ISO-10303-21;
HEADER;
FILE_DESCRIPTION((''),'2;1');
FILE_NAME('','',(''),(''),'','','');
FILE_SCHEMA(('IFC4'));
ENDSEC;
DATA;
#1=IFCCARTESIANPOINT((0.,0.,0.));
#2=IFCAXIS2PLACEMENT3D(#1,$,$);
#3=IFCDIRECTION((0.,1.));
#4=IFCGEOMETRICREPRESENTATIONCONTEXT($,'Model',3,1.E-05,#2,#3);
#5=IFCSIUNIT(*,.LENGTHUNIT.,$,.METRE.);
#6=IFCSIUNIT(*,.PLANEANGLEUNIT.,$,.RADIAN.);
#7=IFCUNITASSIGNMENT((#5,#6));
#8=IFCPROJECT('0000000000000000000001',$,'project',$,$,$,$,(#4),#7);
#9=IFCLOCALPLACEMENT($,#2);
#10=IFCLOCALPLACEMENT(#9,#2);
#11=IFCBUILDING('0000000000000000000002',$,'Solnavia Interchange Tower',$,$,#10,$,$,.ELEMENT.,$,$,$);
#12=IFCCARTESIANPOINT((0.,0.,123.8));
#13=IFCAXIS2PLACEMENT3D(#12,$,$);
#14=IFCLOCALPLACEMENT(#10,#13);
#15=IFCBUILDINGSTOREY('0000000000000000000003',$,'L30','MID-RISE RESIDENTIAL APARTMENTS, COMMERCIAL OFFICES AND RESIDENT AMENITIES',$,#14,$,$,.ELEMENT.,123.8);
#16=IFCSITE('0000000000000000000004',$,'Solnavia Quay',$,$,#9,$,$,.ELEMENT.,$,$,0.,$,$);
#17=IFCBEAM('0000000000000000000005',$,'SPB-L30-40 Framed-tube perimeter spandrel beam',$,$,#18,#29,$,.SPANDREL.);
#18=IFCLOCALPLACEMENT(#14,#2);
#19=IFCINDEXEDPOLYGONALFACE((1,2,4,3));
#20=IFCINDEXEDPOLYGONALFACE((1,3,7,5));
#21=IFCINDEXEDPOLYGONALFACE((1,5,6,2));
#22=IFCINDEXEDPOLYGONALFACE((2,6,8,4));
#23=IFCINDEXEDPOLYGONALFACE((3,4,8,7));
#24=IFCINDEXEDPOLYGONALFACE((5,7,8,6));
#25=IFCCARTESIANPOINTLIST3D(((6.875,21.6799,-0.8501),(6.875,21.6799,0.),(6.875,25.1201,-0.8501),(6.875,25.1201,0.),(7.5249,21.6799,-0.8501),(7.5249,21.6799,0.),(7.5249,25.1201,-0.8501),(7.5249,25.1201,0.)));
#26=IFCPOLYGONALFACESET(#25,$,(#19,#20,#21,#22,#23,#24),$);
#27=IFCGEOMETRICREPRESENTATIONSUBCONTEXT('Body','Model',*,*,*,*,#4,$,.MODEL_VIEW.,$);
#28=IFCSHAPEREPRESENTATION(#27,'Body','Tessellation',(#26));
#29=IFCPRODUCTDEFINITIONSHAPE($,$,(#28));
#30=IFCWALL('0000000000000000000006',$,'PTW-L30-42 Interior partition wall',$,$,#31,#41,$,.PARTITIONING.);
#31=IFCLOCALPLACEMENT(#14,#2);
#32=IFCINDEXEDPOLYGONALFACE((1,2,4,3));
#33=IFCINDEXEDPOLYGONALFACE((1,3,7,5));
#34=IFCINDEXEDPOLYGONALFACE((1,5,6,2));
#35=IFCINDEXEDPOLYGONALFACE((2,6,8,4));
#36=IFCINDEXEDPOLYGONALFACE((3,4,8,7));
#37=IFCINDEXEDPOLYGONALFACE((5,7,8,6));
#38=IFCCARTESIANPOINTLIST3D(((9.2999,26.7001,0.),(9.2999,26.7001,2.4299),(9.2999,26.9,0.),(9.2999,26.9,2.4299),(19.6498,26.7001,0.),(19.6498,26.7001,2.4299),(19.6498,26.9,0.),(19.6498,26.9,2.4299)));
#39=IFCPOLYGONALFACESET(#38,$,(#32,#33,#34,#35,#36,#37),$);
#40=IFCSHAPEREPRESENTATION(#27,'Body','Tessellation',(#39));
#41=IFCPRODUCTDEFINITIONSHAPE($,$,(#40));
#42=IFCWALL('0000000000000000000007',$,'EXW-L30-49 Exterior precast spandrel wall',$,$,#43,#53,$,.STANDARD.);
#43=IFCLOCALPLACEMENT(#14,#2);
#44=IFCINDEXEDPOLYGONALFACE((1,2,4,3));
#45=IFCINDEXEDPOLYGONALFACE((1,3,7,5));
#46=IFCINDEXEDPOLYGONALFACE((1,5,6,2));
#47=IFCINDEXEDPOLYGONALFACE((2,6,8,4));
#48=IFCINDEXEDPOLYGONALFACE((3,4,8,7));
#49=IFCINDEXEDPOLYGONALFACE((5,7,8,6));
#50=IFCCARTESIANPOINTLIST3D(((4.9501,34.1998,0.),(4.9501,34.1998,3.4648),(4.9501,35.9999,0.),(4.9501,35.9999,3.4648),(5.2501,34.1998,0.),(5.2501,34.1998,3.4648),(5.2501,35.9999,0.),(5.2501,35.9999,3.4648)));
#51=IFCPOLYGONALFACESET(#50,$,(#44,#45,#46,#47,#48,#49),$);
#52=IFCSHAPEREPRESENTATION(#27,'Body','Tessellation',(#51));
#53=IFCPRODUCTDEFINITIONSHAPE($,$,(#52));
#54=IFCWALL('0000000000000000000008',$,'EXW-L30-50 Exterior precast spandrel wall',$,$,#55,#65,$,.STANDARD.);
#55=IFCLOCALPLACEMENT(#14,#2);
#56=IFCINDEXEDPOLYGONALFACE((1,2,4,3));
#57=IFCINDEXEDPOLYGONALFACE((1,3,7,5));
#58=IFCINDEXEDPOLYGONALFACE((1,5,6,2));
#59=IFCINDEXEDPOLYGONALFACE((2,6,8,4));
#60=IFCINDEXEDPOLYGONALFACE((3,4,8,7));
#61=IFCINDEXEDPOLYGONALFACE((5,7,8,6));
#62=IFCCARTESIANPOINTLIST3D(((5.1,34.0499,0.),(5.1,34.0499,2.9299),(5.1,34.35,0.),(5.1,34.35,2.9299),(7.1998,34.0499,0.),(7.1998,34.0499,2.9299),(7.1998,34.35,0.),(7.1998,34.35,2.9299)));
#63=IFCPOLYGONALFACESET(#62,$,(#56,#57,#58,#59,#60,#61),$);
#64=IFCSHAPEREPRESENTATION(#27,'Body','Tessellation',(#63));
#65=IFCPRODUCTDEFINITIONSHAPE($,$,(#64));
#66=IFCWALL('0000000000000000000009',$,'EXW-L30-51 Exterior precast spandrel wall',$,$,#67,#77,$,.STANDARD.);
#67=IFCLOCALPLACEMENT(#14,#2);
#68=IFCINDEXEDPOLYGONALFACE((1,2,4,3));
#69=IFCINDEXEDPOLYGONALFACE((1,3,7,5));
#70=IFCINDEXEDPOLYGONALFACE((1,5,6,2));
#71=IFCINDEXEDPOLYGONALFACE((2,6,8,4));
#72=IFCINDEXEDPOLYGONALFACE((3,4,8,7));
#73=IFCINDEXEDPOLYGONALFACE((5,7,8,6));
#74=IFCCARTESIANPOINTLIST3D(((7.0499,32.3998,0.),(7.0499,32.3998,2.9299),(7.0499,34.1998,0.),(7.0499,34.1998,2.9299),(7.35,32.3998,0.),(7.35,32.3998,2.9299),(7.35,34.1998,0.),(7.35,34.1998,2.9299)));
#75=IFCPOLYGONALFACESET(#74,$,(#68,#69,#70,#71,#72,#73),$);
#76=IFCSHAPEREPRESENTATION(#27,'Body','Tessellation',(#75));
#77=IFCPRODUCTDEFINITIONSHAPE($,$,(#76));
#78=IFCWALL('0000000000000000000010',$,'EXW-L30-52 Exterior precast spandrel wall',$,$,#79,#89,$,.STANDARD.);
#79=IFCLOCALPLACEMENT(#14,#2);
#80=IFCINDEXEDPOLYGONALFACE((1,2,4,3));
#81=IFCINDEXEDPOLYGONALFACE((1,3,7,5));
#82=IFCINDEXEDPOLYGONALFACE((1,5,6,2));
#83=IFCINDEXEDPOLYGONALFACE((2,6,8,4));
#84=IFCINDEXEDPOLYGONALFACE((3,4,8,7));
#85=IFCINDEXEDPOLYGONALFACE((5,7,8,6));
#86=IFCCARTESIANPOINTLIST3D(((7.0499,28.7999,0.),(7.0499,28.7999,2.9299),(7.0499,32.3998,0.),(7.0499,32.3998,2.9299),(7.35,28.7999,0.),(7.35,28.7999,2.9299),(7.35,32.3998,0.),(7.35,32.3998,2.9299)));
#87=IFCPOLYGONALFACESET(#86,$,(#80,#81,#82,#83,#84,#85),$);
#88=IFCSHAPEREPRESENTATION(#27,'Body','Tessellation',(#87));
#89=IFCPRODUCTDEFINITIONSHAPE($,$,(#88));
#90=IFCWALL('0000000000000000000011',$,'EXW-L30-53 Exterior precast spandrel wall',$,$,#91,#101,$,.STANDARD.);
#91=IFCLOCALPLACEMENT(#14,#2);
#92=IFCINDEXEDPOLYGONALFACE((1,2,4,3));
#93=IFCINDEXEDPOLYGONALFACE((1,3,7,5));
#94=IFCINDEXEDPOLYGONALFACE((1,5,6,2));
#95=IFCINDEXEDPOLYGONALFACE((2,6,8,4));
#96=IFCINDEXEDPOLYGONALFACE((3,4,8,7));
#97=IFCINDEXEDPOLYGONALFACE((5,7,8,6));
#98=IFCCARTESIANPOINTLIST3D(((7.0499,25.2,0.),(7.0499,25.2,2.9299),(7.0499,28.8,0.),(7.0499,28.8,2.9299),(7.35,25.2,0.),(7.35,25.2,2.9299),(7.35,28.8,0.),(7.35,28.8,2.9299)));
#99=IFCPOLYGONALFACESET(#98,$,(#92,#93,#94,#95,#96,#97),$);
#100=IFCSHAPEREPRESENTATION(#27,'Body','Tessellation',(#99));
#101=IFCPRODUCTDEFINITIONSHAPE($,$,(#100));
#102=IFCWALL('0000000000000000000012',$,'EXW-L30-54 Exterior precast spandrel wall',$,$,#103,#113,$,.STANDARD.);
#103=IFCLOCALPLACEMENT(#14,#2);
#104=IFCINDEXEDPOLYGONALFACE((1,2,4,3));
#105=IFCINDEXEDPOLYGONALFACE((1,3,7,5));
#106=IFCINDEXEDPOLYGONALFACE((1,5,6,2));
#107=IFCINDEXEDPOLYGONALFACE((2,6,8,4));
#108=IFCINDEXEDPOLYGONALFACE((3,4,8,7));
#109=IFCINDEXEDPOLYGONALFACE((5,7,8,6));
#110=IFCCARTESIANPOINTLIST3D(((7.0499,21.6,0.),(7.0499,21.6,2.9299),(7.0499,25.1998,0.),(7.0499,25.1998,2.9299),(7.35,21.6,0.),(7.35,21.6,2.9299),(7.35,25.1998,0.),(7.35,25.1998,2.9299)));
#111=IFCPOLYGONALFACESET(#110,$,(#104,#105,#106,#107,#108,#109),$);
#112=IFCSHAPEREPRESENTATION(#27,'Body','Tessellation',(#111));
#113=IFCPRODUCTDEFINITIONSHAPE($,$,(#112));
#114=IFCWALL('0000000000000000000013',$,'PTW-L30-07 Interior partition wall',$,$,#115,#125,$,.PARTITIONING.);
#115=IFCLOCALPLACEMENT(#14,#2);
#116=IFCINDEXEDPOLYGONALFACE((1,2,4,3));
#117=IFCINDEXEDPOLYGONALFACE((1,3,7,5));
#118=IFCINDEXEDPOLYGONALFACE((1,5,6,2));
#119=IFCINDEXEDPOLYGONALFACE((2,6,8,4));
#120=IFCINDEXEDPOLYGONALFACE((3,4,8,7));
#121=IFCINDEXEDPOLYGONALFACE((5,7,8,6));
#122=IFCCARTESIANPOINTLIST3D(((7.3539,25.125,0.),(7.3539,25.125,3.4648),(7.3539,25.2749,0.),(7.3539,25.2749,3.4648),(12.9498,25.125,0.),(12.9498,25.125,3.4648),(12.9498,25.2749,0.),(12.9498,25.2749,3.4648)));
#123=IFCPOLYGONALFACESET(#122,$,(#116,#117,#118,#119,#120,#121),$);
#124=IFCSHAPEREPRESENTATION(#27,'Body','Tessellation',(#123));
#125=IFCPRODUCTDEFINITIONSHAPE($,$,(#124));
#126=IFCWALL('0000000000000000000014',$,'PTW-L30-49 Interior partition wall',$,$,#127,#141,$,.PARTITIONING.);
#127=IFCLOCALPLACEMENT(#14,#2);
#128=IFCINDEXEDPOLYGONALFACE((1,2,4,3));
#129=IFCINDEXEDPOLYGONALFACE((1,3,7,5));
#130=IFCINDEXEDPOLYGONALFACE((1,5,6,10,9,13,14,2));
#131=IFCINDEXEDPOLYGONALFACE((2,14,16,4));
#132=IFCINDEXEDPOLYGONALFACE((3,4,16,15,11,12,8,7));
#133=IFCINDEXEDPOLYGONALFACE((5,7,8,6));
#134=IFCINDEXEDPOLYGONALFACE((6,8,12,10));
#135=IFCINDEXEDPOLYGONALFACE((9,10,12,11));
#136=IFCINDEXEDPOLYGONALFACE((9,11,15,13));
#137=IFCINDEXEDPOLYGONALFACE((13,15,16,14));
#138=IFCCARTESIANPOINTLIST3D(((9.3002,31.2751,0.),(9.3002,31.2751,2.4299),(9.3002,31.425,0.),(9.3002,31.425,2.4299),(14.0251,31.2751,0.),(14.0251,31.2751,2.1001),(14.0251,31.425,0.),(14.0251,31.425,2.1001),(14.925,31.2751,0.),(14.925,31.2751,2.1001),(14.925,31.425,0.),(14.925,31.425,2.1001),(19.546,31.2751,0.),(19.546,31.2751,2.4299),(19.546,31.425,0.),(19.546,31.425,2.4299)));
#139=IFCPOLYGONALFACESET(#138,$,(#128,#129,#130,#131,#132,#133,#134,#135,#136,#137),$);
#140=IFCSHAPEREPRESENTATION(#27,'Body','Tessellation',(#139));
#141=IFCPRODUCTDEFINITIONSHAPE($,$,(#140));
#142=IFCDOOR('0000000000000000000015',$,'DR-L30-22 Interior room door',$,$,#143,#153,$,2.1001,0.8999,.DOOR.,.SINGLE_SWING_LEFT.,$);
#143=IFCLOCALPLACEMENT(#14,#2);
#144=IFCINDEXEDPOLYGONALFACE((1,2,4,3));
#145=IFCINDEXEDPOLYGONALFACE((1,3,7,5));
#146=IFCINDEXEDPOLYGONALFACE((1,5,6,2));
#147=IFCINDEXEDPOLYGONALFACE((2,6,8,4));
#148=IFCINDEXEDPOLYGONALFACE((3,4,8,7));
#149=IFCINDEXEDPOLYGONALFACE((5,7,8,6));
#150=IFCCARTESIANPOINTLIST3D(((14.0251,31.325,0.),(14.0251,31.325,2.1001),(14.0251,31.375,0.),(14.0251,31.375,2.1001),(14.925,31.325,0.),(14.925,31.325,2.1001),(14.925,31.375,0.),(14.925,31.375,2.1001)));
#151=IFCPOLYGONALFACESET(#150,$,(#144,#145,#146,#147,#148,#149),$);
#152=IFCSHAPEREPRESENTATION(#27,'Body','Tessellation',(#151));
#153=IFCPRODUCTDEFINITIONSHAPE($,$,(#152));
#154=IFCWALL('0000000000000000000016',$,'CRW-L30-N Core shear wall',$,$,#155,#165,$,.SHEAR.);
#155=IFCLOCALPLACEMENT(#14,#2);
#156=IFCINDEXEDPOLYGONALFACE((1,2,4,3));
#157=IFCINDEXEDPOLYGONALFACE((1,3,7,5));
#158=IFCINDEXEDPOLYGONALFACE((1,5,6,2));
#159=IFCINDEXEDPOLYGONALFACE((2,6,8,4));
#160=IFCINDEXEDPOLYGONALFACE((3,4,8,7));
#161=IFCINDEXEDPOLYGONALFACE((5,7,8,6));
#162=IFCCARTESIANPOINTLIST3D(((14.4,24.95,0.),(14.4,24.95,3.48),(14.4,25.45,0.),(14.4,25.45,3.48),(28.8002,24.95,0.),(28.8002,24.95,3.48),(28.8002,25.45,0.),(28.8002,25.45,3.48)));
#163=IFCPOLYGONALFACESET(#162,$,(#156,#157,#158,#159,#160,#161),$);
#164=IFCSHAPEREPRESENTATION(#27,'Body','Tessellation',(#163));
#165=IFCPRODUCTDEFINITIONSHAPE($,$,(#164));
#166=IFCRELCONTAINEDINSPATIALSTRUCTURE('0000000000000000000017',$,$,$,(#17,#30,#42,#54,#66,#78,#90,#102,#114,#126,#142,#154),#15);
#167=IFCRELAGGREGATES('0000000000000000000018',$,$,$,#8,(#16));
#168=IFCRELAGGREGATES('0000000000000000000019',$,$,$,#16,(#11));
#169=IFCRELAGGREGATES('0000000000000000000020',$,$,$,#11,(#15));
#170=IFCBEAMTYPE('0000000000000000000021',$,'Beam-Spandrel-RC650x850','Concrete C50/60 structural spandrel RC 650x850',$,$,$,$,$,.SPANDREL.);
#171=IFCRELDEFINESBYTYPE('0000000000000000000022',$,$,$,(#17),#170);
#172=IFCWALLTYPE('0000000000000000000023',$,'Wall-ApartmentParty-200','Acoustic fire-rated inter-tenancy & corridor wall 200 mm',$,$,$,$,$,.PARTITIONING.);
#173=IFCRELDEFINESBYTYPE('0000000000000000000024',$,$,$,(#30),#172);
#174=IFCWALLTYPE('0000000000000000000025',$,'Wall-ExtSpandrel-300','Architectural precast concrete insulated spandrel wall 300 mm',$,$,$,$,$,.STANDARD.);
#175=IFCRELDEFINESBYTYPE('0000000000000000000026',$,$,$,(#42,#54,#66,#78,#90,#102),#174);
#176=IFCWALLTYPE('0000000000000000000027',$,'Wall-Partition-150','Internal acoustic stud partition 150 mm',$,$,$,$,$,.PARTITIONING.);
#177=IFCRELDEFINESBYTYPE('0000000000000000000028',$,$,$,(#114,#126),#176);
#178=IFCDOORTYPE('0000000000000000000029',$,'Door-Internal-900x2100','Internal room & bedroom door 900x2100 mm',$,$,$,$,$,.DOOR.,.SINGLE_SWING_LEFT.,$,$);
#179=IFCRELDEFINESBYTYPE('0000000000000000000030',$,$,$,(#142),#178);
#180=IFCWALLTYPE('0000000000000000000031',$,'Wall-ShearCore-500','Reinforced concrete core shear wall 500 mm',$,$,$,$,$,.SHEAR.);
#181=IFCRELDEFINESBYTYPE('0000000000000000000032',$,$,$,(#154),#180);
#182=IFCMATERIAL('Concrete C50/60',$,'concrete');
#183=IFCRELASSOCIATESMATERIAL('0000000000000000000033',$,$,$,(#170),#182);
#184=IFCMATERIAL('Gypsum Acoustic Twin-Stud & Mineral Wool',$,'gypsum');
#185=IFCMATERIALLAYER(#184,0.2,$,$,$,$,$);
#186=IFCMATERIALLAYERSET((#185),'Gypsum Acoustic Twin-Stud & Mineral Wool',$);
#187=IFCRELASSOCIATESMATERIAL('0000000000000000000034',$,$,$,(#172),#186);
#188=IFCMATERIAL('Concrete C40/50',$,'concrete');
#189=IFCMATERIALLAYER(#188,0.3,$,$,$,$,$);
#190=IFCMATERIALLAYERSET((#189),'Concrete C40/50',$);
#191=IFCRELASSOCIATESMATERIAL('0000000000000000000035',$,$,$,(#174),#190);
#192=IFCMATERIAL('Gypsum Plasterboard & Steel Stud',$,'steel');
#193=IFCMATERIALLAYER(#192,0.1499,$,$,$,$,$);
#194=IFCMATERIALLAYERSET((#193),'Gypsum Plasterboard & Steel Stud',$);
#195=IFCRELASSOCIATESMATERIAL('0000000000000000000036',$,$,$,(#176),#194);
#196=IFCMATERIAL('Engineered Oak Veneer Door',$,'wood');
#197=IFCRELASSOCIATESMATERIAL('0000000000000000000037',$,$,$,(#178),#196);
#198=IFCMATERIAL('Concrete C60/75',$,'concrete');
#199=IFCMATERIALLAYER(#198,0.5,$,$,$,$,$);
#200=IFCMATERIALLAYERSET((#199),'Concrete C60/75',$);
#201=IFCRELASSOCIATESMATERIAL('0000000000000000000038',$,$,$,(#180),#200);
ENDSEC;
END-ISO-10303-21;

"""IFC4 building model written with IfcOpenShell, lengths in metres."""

from ifc_helpers import new_model, si_unit, direction, frame, frame_2d, origin, origin_2d, place, context, subcontext, project, spatial, rectangle, extrude, material, layer, layer_set, material_profile, profile_set, type_object, element, fill, save


model = new_model("IFC4")

# Units and contexts
model_context = context("Model", 3, precision=1e-05, world=origin(), true_north=direction((0.0, 1.0)))
body_context = subcontext(model_context, "Body", "Model", "MODEL_VIEW")
ifc_project = project(units=[si_unit("LENGTHUNIT", "METRE"), si_unit("PLANEANGLEUNIT", "RADIAN")], contexts=[model_context])

# Site, building, storey
site_placement = place(None, origin())
site = spatial("IfcSite", under=ifc_project, at=site_placement, Name="Solnavia Quay", CompositionType="ELEMENT", RefElevation=0.0)
building_placement = place(site_placement, origin())
building = spatial("IfcBuilding", under=site, at=building_placement, Name="Solnavia Interchange Tower", CompositionType="ELEMENT")
storey_placement = place(building_placement, frame((0.0, 0.0, 123.8)))
storey = spatial("IfcBuildingStorey", under=building, at=storey_placement, Name="L30", Description="MID-RISE RESIDENTIAL APARTMENTS, COMMERCIAL OFFICES AND RESIDENT AMENITIES", CompositionType="ELEMENT", Elevation=123.8)

# Shared definitions
ifc_material_1 = material(Name="Concrete C50/60", Category="concrete")
ifc_material_2 = material(Name="Concrete C60/75", Category="concrete")

# Beam
ifc_material_profile_1 = material_profile(ifc_material_1, rectangle(XDim=0.6499, YDim=0.8501, at=origin_2d()), Name="RC 650x850")
ifc_profile_set_1 = profile_set([ifc_material_profile_1], Name="Concrete C50/60")
beam_type_1 = type_object("IfcBeamType", Name="Beam-Spandrel-RC650x850", Description="Concrete C50/60 structural spandrel RC 650x850", PredefinedType="SPANDREL", material=ifc_profile_set_1)
beam_1_placement = place(storey_placement, frame((7.2, 25.1201, -0.425), z_axis=(0.0, -1.0, 0.0), x_axis=(1.0, 0.0, 0.0)))
element("IfcBeam", 1, at=beam_1_placement, inside=storey, type_object=beam_type_1, Name="SPB-L30-40 Framed-tube perimeter spandrel beam", PredefinedType="SPANDREL", context=body_context, shape_type="SweptSolid", body=[
    extrude(rectangle(XDim=0.6499, YDim=0.8501, at=origin_2d()), origin(), (0.0, 0.0, 1.0), 3.4402),
])

# Walls
ifc_material_3 = material(Name="Gypsum Acoustic Twin-Stud & Mineral Wool", Category="gypsum")
ifc_layer_1 = layer(ifc_material_3, 0.2)
ifc_layer_set_1 = layer_set([ifc_layer_1], Name="Gypsum Acoustic Twin-Stud & Mineral Wool")
wall_type_1 = type_object("IfcWallType", Name="Wall-ApartmentParty-200", Description="Acoustic fire-rated inter-tenancy & corridor wall 200 mm", PredefinedType="PARTITIONING", material=ifc_layer_set_1)
wall_1_placement = place(storey_placement, frame((9.3, 26.8, 0.0), z_axis=(0.0, 0.0, 1.0), x_axis=(1.0, 0.0, 0.0)))
element("IfcWall", 2, at=wall_1_placement, inside=storey, type_object=wall_type_1, Name="PTW-L30-42 Interior partition wall", PredefinedType="PARTITIONING", context=body_context, shape_type="SweptSolid", body=[
    extrude(rectangle(XDim=10.3499, YDim=0.2, at=frame_2d((5.1748, 0.0))), origin(), (0.0, 0.0, 1.0), 2.4299),
])
ifc_material_4 = material(Name="Concrete C40/50", Category="concrete")
ifc_layer_2 = layer(ifc_material_4, 0.3)
ifc_layer_set_2 = layer_set([ifc_layer_2], Name="Concrete C40/50")
wall_type_2 = type_object("IfcWallType", Name="Wall-ExtSpandrel-300", Description="Architectural precast concrete insulated spandrel wall 300 mm", PredefinedType="STANDARD", material=ifc_layer_set_2)
wall_2_placement = place(storey_placement, frame((5.1001, 34.2, 0.0), z_axis=(0.0, 0.0, 1.0), x_axis=(0.0, 1.0, 0.0)))
element("IfcWall", 3, at=wall_2_placement, inside=storey, type_object=wall_type_2, Name="EXW-L30-49 Exterior precast spandrel wall", PredefinedType="STANDARD", context=body_context, shape_type="SweptSolid", body=[
    extrude(rectangle(XDim=1.8, YDim=0.3, at=frame_2d((0.8999, 0.0))), origin(), (0.0, 0.0, 1.0), 3.4648),
])
wall_3_placement = place(storey_placement, frame((5.1001, 34.2, 0.0), z_axis=(0.0, 0.0, 1.0), x_axis=(1.0, 0.0, 0.0)))
element("IfcWall", 4, at=wall_3_placement, inside=storey, type_object=wall_type_2, Name="EXW-L30-50 Exterior precast spandrel wall", PredefinedType="STANDARD", context=body_context, shape_type="SweptSolid", body=[
    extrude(rectangle(XDim=2.0999, YDim=0.3, at=frame_2d((1.0498, 0.0))), origin(), (0.0, 0.0, 1.0), 2.9299),
])
wall_4_placement = place(storey_placement, frame((7.2, 32.3999, 0.0), z_axis=(0.0, 0.0, 1.0), x_axis=(0.0, 1.0, 0.0)))
element("IfcWall", 5, at=wall_4_placement, inside=storey, type_object=wall_type_2, Name="EXW-L30-51 Exterior precast spandrel wall", PredefinedType="STANDARD", context=body_context, shape_type="SweptSolid", body=[
    extrude(rectangle(XDim=1.8, YDim=0.3, at=frame_2d((0.8999, 0.0))), origin(), (0.0, 0.0, 1.0), 2.9299),
])
wall_5_placement = place(storey_placement, frame((7.2, 28.8, 0.0), z_axis=(0.0, 0.0, 1.0), x_axis=(0.0, 1.0, 0.0)))
element("IfcWall", 6, at=wall_5_placement, inside=storey, type_object=wall_type_2, Name="EXW-L30-52 Exterior precast spandrel wall", PredefinedType="STANDARD", context=body_context, shape_type="SweptSolid", body=[
    extrude(rectangle(XDim=3.5999, YDim=0.3, at=frame_2d((1.7998, 0.0))), origin(), (0.0, 0.0, 1.0), 2.9299),
])
wall_6_placement = place(storey_placement, frame((7.2, 25.2, 0.0), z_axis=(0.0, 0.0, 1.0), x_axis=(0.0, 1.0, 0.0)))
element("IfcWall", 7, at=wall_6_placement, inside=storey, type_object=wall_type_2, Name="EXW-L30-53 Exterior precast spandrel wall", PredefinedType="STANDARD", context=body_context, shape_type="SweptSolid", body=[
    extrude(rectangle(XDim=3.6001, YDim=0.3, at=frame_2d((1.8, 0.0))), origin(), (0.0, 0.0, 1.0), 2.9299),
])
wall_7_placement = place(storey_placement, frame((7.2, 21.6001, 0.0), z_axis=(0.0, 0.0, 1.0), x_axis=(0.0, 1.0, 0.0)))
element("IfcWall", 8, at=wall_7_placement, inside=storey, type_object=wall_type_2, Name="EXW-L30-54 Exterior precast spandrel wall", PredefinedType="STANDARD", context=body_context, shape_type="SweptSolid", body=[
    extrude(rectangle(XDim=3.5999, YDim=0.3, at=frame_2d((1.7998, 0.0))), origin(), (0.0, 0.0, 1.0), 2.9299),
])
ifc_material_5 = material(Name="Gypsum Plasterboard & Steel Stud", Category="steel")
ifc_layer_3 = layer(ifc_material_5, 0.1499)
ifc_layer_set_3 = layer_set([ifc_layer_3], Name="Gypsum Plasterboard & Steel Stud")
wall_type_3 = type_object("IfcWallType", Name="Wall-Partition-150", Description="Internal acoustic stud partition 150 mm", PredefinedType="PARTITIONING", material=ifc_layer_set_3)
wall_8_placement = place(storey_placement, frame((7.354, 25.2, 0.0), z_axis=(0.0, 0.0, 1.0), x_axis=(1.0, 0.0, 0.0)))
element("IfcWall", 9, at=wall_8_placement, inside=storey, type_object=wall_type_3, Name="PTW-L30-07 Interior partition wall", PredefinedType="PARTITIONING", context=body_context, shape_type="SweptSolid", body=[
    extrude(rectangle(XDim=5.5959, YDim=0.1499, at=frame_2d((2.7979, 0.0))), origin(), (0.0, 0.0, 1.0), 3.4648),
])

# Wall, opening, door
wall_9_placement = place(storey_placement, frame((9.3, 31.3501, 0.0), z_axis=(0.0, 0.0, 1.0), x_axis=(1.0, 0.0, 0.0)))
wall_9 = element("IfcWall", 10, at=wall_9_placement, inside=storey, type_object=wall_type_3, Name="PTW-L30-49 Interior partition wall", PredefinedType="PARTITIONING", context=body_context, shape_type="SweptSolid", body=[
    extrude(rectangle(XDim=10.2458, YDim=0.1499, at=frame_2d((5.123, 0.0))), origin(), (0.0, 0.0, 1.0), 2.4299),
])
opening_1_placement = place(wall_9_placement, frame((4.7251, 0.0, 0.0)))
opening_1 = element("IfcOpeningElement", 11, at=opening_1_placement, cuts=wall_9, PredefinedType="OPENING", context=body_context, shape_type="SweptSolid", body=[
    extrude(rectangle(XDim=0.8999, YDim=2.1001, at=frame_2d((0.45, 1.05))), frame((0.0, 0.085, 0.0), z_axis=(0.0, -1.0, 0.0), x_axis=(1.0, 0.0, 0.0)), (0.0, 0.0, 1.0), 0.1699),
])
ifc_material_6 = material(Name="Engineered Oak Veneer Door", Category="wood")
door_type_1 = type_object("IfcDoorType", Name="Door-Internal-900x2100", Description="Internal room & bedroom door 900x2100 mm", OperationType="SINGLE_SWING_LEFT", PredefinedType="DOOR", material=ifc_material_6)
door_1_placement = place(opening_1_placement, origin())
door_1 = element("IfcDoor", 12, at=door_1_placement, inside=storey, type_object=door_type_1, Name="DR-L30-22 Interior room door", OperationType="SINGLE_SWING_LEFT", OverallHeight=2.1001, OverallWidth=0.8999, PredefinedType="DOOR", context=body_context, shape_type="SweptSolid", body=[
    extrude(rectangle(XDim=0.8999, YDim=2.1001, at=frame_2d((0.45, 1.05))), frame((0.0, 0.0249, 0.0), z_axis=(0.0, -1.0, 0.0), x_axis=(1.0, 0.0, 0.0)), (0.0, 0.0, 1.0), 0.05),
])
fill(opening_1, door_1)

# Wall
ifc_layer_4 = layer(ifc_material_2, 0.5)
ifc_layer_set_4 = layer_set([ifc_layer_4], Name="Concrete C60/75")
wall_type_4 = type_object("IfcWallType", Name="Wall-ShearCore-500", Description="Reinforced concrete core shear wall 500 mm", PredefinedType="SHEAR", material=ifc_layer_set_4)
wall_10_placement = place(storey_placement, frame((14.3999, 25.2, 0.0), z_axis=(0.0, 0.0, 1.0), x_axis=(1.0, 0.0, 0.0)))
element("IfcWall", 13, at=wall_10_placement, inside=storey, type_object=wall_type_4, Name="CRW-L30-N Core shear wall", PredefinedType="SHEAR", context=body_context, shape_type="SweptSolid", body=[
    extrude(rectangle(XDim=14.4001, YDim=0.5, at=frame_2d((7.2002, 0.0))), origin(), (0.0, 0.0, 1.0), 3.48),
])

save(model, "model.ifc")
